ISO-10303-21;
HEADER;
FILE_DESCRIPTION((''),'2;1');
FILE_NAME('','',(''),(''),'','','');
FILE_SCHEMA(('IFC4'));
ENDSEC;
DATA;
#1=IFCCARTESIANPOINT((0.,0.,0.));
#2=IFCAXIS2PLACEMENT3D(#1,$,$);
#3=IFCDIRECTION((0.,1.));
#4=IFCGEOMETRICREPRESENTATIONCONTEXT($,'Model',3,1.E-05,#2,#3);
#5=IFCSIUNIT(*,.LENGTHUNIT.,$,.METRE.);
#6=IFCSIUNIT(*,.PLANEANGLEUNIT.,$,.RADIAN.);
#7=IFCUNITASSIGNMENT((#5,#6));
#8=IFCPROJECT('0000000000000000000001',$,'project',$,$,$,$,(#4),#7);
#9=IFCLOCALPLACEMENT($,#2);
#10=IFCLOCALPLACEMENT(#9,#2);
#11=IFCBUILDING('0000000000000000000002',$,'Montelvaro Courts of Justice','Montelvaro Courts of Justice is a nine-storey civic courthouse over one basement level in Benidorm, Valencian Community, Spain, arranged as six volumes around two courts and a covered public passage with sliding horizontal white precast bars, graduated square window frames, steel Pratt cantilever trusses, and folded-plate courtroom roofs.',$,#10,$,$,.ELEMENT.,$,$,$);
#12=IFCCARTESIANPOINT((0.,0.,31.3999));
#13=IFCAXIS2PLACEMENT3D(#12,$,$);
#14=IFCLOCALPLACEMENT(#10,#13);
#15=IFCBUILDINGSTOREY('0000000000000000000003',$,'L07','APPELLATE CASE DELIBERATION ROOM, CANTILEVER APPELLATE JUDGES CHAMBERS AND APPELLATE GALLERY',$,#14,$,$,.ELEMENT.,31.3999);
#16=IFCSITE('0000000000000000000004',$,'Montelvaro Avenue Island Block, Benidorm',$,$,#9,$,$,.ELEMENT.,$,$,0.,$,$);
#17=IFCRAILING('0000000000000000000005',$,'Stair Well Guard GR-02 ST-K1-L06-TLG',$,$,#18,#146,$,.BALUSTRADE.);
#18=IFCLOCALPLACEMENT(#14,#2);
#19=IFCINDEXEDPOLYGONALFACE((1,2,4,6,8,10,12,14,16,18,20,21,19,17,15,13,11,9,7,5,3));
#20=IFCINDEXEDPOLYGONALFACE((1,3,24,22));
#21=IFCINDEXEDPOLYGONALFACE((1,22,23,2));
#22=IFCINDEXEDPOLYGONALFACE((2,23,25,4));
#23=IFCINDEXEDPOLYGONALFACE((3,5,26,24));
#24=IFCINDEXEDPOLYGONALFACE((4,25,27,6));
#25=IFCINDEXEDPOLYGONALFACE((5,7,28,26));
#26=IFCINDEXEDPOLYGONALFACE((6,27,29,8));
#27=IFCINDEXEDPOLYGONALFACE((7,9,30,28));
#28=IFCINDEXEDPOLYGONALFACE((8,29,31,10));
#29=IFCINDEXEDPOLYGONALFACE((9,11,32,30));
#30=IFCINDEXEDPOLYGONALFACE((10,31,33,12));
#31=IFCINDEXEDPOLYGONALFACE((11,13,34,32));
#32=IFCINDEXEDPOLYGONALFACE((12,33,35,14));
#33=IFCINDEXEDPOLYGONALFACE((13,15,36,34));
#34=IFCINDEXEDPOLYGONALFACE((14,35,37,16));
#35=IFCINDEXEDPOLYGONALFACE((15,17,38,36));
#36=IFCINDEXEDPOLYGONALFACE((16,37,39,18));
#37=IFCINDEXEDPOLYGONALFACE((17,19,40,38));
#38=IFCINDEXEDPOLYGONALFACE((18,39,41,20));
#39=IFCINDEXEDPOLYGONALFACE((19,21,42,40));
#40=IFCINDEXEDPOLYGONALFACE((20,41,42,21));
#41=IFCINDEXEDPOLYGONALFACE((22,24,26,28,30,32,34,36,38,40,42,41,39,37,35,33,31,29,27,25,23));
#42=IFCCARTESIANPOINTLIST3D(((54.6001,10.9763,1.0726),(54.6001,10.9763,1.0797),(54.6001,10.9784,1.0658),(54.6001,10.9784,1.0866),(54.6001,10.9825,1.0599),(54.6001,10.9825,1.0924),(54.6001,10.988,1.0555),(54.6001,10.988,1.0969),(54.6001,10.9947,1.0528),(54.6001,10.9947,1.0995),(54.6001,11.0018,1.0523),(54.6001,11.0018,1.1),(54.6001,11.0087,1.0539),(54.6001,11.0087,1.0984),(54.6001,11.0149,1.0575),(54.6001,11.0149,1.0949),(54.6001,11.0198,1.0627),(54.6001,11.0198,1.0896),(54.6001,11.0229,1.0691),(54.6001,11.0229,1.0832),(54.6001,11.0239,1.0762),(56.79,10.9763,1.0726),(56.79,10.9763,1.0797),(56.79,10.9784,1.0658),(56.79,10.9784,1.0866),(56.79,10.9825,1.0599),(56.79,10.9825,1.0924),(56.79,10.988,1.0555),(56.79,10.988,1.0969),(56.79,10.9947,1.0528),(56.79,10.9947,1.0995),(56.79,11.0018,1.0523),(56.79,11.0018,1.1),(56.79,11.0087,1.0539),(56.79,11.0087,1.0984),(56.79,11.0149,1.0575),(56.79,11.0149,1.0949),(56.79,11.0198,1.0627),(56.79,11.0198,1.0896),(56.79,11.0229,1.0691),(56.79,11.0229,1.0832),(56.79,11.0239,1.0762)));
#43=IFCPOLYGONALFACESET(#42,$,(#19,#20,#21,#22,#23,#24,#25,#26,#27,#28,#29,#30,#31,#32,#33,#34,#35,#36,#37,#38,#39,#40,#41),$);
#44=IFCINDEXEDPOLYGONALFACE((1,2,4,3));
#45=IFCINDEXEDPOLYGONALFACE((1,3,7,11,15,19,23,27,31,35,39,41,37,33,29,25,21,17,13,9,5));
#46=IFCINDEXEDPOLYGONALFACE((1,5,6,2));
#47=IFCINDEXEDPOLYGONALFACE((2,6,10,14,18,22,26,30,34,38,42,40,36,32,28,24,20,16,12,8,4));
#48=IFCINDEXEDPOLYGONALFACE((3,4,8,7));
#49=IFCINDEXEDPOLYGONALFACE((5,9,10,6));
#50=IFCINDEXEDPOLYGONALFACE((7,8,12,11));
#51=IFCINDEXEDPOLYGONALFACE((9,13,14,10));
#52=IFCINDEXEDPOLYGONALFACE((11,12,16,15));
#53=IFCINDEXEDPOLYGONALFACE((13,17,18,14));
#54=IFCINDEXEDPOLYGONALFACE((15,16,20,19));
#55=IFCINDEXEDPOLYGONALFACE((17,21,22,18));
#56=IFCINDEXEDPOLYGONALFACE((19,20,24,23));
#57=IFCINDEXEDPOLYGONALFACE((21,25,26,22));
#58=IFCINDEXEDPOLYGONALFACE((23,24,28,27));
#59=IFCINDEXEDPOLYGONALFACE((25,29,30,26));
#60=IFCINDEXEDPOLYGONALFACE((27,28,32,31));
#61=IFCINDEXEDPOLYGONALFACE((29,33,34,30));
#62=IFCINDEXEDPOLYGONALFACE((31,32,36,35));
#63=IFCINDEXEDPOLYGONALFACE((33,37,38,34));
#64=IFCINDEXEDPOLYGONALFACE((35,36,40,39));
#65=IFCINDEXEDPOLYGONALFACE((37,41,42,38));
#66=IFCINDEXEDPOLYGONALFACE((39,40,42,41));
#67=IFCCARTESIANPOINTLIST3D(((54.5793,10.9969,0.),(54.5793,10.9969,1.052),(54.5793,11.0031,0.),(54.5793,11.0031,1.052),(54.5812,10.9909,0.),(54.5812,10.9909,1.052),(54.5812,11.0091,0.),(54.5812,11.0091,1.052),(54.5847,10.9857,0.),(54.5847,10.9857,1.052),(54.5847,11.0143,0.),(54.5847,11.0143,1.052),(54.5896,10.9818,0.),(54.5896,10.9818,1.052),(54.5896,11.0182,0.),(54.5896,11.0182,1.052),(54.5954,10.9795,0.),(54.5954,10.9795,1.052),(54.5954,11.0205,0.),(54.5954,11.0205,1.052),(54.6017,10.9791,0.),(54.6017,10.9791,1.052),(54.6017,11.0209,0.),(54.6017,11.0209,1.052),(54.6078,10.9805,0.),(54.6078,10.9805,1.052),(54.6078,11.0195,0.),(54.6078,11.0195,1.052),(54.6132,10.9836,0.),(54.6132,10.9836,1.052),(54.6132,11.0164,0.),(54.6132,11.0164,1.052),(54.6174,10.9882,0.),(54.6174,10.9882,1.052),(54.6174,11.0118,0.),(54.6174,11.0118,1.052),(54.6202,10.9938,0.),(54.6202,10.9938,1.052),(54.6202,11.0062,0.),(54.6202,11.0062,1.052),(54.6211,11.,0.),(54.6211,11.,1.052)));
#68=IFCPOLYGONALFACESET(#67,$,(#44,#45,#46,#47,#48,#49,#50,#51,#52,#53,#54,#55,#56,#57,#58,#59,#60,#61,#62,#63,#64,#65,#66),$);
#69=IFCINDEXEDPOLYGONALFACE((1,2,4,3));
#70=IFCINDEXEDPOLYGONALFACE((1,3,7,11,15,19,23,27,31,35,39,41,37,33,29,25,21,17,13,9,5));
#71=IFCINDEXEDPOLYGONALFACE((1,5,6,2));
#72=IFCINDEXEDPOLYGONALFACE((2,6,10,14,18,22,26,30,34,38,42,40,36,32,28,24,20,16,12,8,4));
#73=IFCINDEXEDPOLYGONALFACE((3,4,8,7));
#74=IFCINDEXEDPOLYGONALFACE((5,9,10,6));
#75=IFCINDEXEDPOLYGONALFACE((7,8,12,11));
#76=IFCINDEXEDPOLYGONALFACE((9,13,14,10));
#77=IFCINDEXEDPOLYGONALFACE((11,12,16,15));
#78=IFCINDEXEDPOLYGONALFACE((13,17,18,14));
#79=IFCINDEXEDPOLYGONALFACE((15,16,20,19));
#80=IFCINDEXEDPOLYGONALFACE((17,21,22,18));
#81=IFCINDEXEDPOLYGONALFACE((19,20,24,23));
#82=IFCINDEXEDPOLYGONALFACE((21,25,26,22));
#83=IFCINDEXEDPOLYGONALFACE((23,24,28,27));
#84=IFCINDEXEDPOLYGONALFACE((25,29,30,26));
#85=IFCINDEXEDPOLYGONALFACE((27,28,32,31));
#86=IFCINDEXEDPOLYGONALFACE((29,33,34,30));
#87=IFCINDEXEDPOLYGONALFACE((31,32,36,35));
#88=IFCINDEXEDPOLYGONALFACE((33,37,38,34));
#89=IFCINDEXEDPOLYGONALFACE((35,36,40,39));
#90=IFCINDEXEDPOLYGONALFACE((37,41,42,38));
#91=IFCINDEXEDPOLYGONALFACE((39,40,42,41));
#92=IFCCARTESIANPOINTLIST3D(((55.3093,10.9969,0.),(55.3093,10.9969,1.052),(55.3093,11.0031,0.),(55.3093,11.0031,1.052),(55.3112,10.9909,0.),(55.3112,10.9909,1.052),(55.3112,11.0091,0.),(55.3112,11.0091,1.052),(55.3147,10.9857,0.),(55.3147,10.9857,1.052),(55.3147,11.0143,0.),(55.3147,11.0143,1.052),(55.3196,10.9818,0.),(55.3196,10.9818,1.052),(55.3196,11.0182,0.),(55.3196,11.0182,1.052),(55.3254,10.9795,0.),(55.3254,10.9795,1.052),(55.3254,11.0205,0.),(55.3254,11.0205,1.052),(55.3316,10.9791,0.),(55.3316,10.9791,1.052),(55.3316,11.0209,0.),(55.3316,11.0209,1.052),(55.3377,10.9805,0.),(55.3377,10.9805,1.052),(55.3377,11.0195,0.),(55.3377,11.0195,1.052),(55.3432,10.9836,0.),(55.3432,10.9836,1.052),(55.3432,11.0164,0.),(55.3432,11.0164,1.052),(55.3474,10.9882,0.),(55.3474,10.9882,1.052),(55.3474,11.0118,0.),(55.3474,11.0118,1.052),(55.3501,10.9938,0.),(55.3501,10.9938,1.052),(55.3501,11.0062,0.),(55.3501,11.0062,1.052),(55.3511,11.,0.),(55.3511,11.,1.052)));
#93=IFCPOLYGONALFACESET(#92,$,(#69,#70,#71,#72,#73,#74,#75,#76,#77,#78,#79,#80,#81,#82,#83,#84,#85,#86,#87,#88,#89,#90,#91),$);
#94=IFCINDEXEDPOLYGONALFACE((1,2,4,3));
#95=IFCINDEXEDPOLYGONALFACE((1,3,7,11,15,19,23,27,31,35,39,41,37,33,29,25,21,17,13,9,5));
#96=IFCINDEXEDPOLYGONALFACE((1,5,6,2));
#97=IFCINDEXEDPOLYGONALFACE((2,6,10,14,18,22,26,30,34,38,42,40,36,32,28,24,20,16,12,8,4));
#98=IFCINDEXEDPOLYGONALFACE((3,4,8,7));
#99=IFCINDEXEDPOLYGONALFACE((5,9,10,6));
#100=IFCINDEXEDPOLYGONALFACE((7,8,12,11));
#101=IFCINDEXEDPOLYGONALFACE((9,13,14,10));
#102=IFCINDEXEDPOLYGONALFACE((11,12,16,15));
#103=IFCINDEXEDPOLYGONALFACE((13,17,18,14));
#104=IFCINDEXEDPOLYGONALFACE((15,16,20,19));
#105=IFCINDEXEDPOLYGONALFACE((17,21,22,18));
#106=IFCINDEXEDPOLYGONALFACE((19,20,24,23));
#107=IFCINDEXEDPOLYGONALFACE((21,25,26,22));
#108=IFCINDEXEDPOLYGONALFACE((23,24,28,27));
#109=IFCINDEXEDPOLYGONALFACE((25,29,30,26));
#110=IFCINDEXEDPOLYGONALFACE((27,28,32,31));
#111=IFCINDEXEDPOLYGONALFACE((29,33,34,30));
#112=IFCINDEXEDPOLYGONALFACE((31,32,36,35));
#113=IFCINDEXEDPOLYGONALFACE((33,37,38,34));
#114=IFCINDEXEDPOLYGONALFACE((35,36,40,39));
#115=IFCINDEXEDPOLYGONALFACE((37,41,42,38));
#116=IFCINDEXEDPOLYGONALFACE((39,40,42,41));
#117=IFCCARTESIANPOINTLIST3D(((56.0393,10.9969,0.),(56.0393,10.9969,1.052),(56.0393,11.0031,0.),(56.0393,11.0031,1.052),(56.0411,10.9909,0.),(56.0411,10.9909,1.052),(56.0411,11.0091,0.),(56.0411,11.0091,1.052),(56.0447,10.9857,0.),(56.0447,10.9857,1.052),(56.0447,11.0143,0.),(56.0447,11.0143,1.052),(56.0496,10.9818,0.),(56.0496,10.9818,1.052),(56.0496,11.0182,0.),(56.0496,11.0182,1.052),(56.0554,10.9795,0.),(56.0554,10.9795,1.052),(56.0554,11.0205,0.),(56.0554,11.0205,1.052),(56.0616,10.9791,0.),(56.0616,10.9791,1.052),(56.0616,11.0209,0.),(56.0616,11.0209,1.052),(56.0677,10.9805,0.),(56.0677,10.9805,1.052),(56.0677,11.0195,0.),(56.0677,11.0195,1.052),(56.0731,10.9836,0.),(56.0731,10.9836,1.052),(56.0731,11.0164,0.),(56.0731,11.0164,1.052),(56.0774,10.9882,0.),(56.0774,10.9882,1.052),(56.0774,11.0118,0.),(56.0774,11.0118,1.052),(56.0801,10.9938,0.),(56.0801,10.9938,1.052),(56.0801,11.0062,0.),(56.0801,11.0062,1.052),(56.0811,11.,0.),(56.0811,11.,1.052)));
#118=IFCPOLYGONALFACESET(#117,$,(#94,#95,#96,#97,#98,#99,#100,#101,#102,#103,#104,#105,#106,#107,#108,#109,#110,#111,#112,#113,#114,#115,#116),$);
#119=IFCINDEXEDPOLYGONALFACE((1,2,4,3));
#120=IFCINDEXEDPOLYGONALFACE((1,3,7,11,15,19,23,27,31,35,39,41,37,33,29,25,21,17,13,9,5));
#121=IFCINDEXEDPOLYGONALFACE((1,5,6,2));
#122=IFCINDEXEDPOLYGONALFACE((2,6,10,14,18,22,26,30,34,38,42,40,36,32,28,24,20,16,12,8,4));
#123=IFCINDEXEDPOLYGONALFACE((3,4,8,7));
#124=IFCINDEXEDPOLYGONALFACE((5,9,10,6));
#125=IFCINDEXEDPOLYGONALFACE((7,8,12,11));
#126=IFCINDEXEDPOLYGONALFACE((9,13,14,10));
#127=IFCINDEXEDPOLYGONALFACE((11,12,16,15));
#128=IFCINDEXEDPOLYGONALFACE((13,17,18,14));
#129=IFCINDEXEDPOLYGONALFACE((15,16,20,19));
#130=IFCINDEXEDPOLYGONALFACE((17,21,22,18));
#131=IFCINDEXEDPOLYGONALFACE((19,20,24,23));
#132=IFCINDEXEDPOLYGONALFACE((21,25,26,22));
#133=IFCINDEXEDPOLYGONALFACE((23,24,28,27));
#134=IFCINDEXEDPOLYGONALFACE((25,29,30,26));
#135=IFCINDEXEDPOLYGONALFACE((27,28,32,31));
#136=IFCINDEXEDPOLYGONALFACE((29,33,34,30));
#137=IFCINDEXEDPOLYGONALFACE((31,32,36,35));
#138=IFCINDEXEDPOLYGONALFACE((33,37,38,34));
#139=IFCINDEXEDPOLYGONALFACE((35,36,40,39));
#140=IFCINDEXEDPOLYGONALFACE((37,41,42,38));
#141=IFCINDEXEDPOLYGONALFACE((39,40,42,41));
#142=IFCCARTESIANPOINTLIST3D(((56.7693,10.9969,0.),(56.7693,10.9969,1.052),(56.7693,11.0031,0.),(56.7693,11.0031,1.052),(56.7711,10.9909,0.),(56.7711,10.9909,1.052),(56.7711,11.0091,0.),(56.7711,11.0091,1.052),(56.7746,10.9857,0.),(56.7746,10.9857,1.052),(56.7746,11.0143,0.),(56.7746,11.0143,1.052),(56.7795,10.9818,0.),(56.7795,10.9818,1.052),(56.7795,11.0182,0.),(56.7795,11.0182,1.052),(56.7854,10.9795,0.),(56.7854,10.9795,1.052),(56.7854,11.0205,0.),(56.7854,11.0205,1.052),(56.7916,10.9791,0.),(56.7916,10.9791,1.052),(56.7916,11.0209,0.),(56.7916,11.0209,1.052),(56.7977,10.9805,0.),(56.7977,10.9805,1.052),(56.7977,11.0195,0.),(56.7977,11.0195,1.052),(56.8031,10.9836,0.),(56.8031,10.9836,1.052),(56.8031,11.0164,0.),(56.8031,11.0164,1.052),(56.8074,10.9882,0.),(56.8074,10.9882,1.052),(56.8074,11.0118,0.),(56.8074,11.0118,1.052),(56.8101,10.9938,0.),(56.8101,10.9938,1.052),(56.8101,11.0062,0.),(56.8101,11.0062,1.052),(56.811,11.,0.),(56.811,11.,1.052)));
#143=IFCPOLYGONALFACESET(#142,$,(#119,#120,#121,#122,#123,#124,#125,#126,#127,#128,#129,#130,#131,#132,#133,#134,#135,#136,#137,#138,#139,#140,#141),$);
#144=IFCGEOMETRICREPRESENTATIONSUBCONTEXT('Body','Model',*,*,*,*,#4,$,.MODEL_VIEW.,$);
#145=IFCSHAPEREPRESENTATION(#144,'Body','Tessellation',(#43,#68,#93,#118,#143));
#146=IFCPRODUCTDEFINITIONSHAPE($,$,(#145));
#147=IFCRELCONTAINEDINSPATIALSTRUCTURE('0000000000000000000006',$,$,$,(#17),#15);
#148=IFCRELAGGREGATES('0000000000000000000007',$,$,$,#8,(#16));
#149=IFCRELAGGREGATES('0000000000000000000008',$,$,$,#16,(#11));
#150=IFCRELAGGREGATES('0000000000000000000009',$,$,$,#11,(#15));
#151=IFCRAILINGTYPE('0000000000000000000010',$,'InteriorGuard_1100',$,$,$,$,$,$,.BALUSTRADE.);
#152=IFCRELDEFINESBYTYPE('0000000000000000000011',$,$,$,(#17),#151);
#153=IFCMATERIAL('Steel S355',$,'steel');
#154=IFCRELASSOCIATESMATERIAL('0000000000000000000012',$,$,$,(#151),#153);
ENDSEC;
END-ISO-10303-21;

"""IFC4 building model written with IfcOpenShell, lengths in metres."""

from ifc_helpers import new_model, si_unit, direction, frame, origin, origin_2d, place, context, subcontext, project, spatial, circle, extrude, material, type_object, element, save


model = new_model("IFC4")

# Units and contexts
model_context = context("Model", 3, precision=1e-05, world=origin(), true_north=direction((0.0, 1.0)))
body_context = subcontext(model_context, "Body", "Model", "MODEL_VIEW")
ifc_project = project(units=[si_unit("LENGTHUNIT", "METRE"), si_unit("PLANEANGLEUNIT", "RADIAN")], contexts=[model_context])

# Site, building, storey
site_placement = place(None, origin())
site = spatial("IfcSite", under=ifc_project, at=site_placement, Name="Montelvaro Avenue Island Block, Benidorm", CompositionType="ELEMENT", RefElevation=0.0)
building_placement = place(site_placement, origin())
building = spatial("IfcBuilding", under=site, at=building_placement, Name="Montelvaro Courts of Justice", Description="Montelvaro Courts of Justice is a nine-storey civic courthouse over one basement level in Benidorm, Valencian Community, Spain, arranged as six volumes around two courts and a covered public passage with sliding horizontal white precast bars, graduated square window frames, steel Pratt cantilever trusses, and folded-plate courtroom roofs.", CompositionType="ELEMENT")
storey_placement = place(building_placement, frame((0.0, 0.0, 31.3999)))
storey = spatial("IfcBuildingStorey", under=building, at=storey_placement, Name="L07", Description="APPELLATE CASE DELIBERATION ROOM, CANTILEVER APPELLATE JUDGES CHAMBERS AND APPELLATE GALLERY", CompositionType="ELEMENT", Elevation=31.3999)

# Shared definitions
ifc_material_1 = material(Name="Steel S355", Category="steel")

# Railing
railing_type_1 = type_object("IfcRailingType", Name="InteriorGuard_1100", PredefinedType="BALUSTRADE", material=ifc_material_1)
railing_1_placement = place(storey_placement, frame((54.6001, 11.0, 0.0)))
element("IfcRailing", 1, at=railing_1_placement, inside=storey, type_object=railing_type_1, Name="Stair Well Guard GR-02 ST-K1-L06-TLG", PredefinedType="BALUSTRADE", context=body_context, shape_type="SweptSolid", body=[
    extrude(circle(Radius=0.0239, at=origin_2d()), frame((0.0, 0.0, 1.0762), z_axis=(1.0, 0.0, 0.0), x_axis=(0.0, 1.0, 0.0)), (0.0, 0.0, 1.0), 2.1899),
    extrude(circle(Radius=0.021, at=origin_2d()), origin(), (0.0, 0.0, 1.0), 1.052),
    extrude(circle(Radius=0.021, at=origin_2d()), frame((0.73, 0.0, 0.0)), (0.0, 0.0, 1.0), 1.052),
    extrude(circle(Radius=0.021, at=origin_2d()), frame((1.46, 0.0, 0.0)), (0.0, 0.0, 1.0), 1.052),
    extrude(circle(Radius=0.021, at=origin_2d()), frame((2.1899, 0.0, 0.0)), (0.0, 0.0, 1.0), 1.052),
])

save(model, "model.ifc")
